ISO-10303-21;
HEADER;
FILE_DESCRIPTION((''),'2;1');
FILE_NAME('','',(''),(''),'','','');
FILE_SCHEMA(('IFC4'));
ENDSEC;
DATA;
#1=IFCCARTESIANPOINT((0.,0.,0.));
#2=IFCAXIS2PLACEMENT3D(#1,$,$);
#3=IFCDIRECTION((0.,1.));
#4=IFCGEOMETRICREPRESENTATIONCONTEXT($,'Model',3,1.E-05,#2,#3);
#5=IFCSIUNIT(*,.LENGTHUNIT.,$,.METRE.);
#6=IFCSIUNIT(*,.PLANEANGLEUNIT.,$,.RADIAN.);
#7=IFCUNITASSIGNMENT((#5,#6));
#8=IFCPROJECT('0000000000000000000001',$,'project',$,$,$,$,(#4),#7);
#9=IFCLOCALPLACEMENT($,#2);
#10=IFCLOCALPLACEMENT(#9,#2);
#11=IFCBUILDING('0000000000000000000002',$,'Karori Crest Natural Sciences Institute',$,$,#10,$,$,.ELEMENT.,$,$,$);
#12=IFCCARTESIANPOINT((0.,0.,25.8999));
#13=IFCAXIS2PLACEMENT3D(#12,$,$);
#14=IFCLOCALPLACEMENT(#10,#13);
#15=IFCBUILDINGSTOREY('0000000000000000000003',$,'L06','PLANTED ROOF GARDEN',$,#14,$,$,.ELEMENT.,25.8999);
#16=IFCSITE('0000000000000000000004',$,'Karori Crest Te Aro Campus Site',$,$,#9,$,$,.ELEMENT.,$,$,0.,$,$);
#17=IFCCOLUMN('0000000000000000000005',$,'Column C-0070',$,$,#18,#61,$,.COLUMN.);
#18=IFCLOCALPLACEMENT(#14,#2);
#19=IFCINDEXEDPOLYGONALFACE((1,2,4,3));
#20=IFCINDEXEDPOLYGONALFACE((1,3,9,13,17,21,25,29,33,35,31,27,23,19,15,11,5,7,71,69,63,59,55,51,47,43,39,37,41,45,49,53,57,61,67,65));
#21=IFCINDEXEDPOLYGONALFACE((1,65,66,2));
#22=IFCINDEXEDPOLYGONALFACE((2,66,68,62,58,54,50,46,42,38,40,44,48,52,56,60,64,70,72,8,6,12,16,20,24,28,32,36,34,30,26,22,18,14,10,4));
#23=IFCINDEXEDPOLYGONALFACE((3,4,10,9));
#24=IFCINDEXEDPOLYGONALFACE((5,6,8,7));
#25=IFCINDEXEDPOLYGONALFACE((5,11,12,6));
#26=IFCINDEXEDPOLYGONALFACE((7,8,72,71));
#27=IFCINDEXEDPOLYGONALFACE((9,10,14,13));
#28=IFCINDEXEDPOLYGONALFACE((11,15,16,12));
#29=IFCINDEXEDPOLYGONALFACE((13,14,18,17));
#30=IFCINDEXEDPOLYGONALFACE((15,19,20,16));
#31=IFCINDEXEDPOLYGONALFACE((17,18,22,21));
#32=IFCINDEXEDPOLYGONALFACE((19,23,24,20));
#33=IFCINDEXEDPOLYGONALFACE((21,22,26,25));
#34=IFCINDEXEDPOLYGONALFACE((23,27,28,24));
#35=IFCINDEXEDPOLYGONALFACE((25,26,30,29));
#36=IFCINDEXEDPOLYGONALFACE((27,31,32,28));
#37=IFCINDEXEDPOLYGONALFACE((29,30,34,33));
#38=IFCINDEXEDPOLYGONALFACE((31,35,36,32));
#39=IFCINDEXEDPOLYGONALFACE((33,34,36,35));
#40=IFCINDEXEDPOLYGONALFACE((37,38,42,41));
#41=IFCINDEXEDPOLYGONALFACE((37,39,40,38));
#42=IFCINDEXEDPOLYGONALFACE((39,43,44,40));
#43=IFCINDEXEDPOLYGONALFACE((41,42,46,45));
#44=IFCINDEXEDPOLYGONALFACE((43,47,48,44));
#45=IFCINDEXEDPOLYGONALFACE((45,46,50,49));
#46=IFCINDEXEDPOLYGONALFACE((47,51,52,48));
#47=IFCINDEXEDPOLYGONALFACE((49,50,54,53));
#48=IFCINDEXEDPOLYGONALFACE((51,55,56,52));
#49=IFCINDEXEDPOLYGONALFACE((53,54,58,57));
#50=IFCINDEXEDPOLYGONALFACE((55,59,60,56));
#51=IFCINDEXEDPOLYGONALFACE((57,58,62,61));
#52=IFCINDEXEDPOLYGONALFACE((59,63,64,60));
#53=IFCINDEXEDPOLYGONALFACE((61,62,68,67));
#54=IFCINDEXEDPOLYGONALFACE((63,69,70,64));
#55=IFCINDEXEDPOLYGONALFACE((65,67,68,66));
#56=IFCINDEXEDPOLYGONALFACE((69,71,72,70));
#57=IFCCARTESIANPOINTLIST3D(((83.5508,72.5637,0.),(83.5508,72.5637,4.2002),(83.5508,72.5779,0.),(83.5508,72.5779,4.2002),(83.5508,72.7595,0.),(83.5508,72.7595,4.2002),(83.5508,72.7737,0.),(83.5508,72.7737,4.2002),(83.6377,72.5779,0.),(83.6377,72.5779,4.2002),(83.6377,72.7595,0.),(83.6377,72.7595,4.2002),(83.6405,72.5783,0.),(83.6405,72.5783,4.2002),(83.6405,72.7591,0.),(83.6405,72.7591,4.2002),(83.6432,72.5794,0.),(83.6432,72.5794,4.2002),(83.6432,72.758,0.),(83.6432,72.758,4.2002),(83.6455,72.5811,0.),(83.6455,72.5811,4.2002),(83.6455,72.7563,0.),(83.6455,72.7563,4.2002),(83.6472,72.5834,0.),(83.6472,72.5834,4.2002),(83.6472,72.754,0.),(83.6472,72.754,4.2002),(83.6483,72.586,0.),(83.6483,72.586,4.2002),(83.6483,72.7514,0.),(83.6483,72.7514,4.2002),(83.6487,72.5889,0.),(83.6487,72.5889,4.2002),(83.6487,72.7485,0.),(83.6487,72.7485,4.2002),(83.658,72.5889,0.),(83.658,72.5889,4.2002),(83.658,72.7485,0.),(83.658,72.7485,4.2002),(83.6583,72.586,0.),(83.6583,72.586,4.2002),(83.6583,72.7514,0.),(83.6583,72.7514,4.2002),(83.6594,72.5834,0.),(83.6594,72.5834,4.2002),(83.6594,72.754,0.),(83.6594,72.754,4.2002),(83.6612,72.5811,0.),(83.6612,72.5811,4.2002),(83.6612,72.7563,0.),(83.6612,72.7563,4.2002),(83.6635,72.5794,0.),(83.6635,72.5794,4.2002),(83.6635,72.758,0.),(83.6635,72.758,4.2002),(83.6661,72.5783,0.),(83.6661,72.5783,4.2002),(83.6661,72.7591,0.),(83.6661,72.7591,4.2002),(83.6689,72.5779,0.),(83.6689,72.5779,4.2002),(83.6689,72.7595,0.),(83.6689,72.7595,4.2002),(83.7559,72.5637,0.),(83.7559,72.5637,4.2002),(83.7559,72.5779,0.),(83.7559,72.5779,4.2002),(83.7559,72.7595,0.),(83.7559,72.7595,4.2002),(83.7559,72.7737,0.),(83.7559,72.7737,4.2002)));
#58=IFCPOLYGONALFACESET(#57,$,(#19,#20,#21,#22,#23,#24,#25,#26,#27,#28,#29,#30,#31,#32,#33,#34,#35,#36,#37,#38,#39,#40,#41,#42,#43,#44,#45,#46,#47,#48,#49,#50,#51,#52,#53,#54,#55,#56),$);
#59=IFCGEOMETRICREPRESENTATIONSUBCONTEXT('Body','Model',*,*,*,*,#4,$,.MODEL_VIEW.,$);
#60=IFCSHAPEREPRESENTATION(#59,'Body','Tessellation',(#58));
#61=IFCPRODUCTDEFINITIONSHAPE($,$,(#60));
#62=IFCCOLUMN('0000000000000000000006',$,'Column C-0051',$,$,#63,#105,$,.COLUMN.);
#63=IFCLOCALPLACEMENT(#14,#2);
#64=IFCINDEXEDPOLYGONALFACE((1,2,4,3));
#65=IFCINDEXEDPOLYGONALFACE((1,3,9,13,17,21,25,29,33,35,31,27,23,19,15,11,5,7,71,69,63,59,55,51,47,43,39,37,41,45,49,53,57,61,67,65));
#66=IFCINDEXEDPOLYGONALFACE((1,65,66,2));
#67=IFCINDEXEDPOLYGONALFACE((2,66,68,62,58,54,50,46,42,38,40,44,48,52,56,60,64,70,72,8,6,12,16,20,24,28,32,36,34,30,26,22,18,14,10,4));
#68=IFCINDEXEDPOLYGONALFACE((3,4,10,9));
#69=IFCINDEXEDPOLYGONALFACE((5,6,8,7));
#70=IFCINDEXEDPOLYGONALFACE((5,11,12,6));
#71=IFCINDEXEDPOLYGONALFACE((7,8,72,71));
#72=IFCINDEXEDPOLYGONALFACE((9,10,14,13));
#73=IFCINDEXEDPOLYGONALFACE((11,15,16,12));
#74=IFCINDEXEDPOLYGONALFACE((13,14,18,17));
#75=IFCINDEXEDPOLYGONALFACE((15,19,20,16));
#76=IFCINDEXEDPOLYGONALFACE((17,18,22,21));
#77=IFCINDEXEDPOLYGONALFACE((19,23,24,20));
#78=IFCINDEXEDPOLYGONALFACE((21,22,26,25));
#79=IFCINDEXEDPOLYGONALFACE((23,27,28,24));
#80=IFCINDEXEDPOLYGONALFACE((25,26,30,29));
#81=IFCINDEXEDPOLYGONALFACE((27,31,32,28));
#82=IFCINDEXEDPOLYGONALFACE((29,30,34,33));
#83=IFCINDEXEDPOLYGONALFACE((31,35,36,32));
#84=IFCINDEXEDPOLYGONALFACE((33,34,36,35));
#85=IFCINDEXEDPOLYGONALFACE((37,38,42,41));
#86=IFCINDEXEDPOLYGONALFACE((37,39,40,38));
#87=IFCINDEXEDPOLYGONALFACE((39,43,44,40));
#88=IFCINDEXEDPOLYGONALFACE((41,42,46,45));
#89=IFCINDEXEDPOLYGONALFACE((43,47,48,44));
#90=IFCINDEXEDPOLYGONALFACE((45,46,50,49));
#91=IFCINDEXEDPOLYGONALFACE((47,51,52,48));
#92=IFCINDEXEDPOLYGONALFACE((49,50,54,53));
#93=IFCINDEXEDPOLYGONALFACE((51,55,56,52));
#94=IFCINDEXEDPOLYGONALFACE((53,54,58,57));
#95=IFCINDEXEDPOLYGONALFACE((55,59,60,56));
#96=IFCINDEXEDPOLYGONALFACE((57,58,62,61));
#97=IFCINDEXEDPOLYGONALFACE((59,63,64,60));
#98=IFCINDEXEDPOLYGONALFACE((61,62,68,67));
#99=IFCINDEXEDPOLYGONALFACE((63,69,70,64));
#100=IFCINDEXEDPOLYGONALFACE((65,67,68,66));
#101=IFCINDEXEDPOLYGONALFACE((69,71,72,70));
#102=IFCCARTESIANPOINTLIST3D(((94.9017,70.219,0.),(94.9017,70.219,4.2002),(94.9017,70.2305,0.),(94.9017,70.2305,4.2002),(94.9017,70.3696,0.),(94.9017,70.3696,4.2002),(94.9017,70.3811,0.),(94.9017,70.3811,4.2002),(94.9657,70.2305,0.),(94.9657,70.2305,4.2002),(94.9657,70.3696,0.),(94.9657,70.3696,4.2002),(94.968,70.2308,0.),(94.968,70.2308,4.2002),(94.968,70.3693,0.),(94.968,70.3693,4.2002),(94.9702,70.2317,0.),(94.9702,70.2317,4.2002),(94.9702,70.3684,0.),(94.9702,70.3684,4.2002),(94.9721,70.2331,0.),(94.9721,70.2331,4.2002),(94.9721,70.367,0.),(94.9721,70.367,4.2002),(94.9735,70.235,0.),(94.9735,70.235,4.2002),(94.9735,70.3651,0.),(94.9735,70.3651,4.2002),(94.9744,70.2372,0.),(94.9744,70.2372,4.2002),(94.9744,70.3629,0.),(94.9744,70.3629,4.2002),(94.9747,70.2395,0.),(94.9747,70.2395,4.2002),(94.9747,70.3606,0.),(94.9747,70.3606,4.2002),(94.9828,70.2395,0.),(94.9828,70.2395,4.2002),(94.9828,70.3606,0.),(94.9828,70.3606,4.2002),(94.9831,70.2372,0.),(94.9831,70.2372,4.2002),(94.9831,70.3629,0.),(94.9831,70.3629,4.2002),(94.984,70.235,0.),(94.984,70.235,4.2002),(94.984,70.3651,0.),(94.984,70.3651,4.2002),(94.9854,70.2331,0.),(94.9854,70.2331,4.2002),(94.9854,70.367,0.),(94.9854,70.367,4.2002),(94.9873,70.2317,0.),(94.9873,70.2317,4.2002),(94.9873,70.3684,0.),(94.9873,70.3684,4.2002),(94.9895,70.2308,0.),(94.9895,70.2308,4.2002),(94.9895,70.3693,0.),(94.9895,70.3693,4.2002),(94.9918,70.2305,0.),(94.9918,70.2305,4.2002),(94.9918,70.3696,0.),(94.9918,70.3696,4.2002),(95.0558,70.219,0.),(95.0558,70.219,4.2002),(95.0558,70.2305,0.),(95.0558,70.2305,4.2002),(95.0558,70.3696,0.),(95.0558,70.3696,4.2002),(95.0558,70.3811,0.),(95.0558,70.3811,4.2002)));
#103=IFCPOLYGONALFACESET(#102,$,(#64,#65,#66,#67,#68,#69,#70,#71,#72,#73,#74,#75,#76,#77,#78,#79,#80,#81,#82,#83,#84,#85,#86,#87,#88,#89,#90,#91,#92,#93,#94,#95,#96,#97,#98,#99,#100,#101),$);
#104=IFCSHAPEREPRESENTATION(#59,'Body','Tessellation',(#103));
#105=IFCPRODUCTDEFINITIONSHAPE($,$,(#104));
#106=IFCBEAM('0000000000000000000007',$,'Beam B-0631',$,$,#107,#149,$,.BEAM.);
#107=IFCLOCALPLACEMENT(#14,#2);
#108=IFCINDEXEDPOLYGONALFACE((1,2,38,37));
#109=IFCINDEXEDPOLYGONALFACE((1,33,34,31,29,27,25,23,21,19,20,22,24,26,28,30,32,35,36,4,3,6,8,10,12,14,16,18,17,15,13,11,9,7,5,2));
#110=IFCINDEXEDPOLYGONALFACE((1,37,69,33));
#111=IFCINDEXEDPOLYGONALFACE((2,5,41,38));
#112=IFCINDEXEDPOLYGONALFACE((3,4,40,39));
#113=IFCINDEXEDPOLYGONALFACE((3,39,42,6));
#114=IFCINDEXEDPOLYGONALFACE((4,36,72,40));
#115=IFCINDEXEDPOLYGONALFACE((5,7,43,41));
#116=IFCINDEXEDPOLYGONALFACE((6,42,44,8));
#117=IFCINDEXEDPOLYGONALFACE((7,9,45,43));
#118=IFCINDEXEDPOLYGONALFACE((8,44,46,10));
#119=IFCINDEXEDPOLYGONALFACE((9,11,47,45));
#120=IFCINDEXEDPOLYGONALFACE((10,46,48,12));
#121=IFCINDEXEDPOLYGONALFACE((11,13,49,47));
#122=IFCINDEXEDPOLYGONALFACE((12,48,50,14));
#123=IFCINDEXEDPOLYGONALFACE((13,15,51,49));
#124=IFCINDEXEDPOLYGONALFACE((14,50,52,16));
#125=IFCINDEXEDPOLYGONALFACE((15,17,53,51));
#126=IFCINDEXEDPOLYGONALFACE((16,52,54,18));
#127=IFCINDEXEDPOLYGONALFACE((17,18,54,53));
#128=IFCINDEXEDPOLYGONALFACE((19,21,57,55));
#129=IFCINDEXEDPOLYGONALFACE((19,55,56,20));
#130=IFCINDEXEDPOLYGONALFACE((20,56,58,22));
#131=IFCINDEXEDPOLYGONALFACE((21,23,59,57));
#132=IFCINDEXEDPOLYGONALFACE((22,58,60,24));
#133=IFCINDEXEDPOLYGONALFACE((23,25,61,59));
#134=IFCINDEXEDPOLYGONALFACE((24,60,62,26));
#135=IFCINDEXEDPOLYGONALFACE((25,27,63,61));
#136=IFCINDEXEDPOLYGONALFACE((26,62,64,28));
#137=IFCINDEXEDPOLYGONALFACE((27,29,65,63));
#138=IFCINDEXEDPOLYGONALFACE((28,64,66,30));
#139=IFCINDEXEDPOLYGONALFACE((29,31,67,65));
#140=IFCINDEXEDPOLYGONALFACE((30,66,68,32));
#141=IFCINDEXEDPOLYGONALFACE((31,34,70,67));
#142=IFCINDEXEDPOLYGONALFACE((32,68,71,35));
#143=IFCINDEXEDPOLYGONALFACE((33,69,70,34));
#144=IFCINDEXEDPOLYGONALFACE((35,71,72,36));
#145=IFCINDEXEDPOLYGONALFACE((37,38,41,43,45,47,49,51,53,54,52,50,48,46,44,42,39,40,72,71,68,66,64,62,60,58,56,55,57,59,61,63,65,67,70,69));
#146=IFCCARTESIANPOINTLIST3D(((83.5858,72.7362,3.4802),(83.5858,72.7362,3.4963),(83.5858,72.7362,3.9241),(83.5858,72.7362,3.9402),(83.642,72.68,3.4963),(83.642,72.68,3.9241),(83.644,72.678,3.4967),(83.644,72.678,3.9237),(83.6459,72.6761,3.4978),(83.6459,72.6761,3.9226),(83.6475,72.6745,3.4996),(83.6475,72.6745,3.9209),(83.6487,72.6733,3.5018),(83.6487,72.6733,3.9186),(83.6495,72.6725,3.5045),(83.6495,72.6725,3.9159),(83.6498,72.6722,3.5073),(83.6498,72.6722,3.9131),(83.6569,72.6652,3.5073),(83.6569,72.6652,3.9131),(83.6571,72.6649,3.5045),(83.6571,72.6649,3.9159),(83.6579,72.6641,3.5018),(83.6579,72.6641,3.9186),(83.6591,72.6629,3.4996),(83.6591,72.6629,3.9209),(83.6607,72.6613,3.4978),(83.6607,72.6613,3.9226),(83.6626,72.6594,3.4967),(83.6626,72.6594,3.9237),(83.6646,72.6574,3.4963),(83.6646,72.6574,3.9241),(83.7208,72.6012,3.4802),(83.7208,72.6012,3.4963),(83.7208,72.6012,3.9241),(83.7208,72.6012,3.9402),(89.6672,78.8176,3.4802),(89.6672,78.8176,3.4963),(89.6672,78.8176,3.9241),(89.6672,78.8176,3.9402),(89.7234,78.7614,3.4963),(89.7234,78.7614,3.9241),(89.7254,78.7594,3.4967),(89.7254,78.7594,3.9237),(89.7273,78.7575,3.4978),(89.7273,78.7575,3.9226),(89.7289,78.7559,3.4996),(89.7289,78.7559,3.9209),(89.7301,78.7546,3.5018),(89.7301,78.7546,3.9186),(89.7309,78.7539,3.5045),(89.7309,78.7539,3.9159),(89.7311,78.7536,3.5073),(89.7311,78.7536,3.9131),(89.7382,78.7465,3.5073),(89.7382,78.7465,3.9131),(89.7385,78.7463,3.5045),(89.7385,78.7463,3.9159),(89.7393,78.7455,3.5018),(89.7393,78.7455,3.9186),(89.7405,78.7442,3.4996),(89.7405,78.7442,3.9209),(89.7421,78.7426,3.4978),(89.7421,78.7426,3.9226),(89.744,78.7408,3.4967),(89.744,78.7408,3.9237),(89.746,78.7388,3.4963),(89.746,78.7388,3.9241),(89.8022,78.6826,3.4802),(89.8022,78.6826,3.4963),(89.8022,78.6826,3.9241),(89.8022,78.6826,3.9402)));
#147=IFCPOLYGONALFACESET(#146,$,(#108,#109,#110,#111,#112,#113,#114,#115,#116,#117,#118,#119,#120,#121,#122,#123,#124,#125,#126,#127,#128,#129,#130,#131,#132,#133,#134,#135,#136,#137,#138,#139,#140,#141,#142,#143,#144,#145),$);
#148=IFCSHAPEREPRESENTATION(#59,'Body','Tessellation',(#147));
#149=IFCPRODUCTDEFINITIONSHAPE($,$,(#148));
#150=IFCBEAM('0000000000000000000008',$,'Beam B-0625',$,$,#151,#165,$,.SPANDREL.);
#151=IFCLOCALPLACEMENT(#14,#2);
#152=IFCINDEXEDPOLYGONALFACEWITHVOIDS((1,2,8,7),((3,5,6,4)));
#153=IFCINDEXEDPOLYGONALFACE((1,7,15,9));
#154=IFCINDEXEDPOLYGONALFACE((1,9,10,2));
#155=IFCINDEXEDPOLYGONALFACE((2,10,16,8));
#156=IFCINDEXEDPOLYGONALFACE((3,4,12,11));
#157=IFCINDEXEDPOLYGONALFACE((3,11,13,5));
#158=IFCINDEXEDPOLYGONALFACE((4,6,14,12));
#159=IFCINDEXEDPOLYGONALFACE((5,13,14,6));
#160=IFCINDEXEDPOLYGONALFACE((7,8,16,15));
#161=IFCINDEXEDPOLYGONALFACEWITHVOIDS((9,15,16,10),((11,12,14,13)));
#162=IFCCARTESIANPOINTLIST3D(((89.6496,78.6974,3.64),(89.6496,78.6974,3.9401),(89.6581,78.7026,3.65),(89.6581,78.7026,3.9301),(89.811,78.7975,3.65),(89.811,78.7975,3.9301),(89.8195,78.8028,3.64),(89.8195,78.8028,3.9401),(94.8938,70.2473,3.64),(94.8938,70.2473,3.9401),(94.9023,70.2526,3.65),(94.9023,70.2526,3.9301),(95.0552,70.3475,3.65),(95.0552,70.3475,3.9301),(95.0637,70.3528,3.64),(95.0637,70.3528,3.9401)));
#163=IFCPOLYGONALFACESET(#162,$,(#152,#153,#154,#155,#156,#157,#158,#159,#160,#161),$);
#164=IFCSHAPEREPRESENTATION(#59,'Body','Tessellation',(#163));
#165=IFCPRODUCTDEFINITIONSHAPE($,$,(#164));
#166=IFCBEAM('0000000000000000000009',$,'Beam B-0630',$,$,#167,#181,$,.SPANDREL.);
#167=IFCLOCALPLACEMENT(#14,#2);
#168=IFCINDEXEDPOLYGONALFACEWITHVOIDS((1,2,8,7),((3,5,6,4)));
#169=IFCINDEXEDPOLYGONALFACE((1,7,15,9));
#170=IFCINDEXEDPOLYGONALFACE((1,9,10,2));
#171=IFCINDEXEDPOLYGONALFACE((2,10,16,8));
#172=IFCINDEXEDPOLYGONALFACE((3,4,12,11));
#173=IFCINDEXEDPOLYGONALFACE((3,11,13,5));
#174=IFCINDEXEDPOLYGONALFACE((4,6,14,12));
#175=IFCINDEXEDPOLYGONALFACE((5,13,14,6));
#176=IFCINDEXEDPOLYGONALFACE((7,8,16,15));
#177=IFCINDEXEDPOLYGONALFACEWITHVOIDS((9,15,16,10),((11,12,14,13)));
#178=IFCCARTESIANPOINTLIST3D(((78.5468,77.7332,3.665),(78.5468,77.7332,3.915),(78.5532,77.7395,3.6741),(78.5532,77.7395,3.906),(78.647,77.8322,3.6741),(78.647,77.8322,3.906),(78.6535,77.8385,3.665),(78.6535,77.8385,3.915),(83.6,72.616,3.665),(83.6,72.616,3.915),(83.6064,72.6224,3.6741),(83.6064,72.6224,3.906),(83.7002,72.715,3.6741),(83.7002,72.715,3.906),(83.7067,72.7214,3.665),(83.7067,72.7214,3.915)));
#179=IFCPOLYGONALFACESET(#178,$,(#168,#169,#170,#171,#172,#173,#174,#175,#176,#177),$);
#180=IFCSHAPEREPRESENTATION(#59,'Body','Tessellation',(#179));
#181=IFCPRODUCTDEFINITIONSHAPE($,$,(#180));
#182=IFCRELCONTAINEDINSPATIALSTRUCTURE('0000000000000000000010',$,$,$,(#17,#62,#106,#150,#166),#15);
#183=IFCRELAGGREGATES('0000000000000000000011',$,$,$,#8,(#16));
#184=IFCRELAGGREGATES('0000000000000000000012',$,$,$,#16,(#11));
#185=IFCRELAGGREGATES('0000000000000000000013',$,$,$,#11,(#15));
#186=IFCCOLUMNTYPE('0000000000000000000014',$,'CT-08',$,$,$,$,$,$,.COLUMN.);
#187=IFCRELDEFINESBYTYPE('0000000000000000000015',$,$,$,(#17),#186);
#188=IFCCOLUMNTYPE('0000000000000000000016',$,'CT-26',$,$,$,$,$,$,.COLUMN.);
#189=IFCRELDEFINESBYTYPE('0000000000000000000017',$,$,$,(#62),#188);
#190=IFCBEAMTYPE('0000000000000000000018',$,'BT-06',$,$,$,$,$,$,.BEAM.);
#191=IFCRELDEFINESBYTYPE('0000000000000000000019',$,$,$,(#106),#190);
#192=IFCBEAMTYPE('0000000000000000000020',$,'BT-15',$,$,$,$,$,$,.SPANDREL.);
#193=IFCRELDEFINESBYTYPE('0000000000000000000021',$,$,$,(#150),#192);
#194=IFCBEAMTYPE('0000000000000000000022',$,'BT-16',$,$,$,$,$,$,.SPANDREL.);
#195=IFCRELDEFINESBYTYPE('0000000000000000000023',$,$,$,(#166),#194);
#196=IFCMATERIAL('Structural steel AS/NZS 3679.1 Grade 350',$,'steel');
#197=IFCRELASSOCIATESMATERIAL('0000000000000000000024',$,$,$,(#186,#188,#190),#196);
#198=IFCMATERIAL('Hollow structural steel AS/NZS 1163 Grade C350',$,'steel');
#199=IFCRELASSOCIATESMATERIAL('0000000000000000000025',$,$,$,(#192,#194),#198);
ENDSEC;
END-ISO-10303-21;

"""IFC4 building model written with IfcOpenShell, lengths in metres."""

from ifc_helpers import new_model, si_unit, direction, frame, origin, origin_2d, place, context, subcontext, project, spatial, hollow_rectangle, i_section, extrude, material, material_profile, profile_set, type_object, element, save


model = new_model("IFC4")

# Units and contexts
model_context = context("Model", 3, precision=1e-05, world=origin(), true_north=direction((0.0, 1.0)))
body_context = subcontext(model_context, "Body", "Model", "MODEL_VIEW")
ifc_project = project(units=[si_unit("LENGTHUNIT", "METRE"), si_unit("PLANEANGLEUNIT", "RADIAN")], contexts=[model_context])

# Site, building, storey
site_placement = place(None, origin())
site = spatial("IfcSite", under=ifc_project, at=site_placement, Name="Karori Crest Te Aro Campus Site", CompositionType="ELEMENT", RefElevation=0.0)
building_placement = place(site_placement, origin())
building = spatial("IfcBuilding", under=site, at=building_placement, Name="Karori Crest Natural Sciences Institute", CompositionType="ELEMENT")
storey_placement = place(building_placement, frame((0.0, 0.0, 25.8999)))
storey = spatial("IfcBuildingStorey", under=building, at=storey_placement, Name="L06", Description="PLANTED ROOF GARDEN", CompositionType="ELEMENT", Elevation=25.8999)

# Columns
ifc_material_1 = material(Name="Structural steel AS/NZS 3679.1 Grade 350", Category="steel")
ifc_material_profile_1 = material_profile(ifc_material_1, i_section(OverallWidth=0.2051, OverallDepth=0.21, WebThickness=0.0093, FlangeThickness=0.0142, FilletRadius=0.011, at=origin_2d()), Name="200UC59.5")
ifc_profile_set_1 = profile_set([ifc_material_profile_1], Name="Structural steel AS/NZS 3679.1 Grade 350")
column_type_1 = type_object("IfcColumnType", Name="CT-08", PredefinedType="COLUMN", material=ifc_profile_set_1)
column_1_placement = place(storey_placement, frame((83.6533, 72.6687, 0.0), z_axis=(0.0, 0.0, 1.0), x_axis=(1.0, 0.0, 0.0)))
element("IfcColumn", 1, at=column_1_placement, inside=storey, type_object=column_type_1, Name="Column C-0070", PredefinedType="COLUMN", context=body_context, shape_type="SweptSolid", body=[
    extrude(i_section(OverallWidth=0.2051, OverallDepth=0.21, WebThickness=0.0093, FlangeThickness=0.0142, FilletRadius=0.011, at=origin_2d()), origin(), (0.0, 0.0, 1.0), 4.2002),
])
ifc_material_profile_2 = material_profile(ifc_material_1, i_section(OverallWidth=0.1541, OverallDepth=0.1621, WebThickness=0.0081, FlangeThickness=0.0115, FilletRadius=0.009, at=origin_2d()), Name="150UC37.2")
ifc_profile_set_2 = profile_set([ifc_material_profile_2], Name="Structural steel AS/NZS 3679.1 Grade 350")
column_type_2 = type_object("IfcColumnType", Name="CT-26", PredefinedType="COLUMN", material=ifc_profile_set_2)
column_2_placement = place(storey_placement, frame((94.9788, 70.3, 0.0), z_axis=(0.0, 0.0, 1.0), x_axis=(1.0, 0.0, 0.0)))
element("IfcColumn", 2, at=column_2_placement, inside=storey, type_object=column_type_2, Name="Column C-0051", PredefinedType="COLUMN", context=body_context, shape_type="SweptSolid", body=[
    extrude(i_section(OverallWidth=0.1541, OverallDepth=0.1621, WebThickness=0.0081, FlangeThickness=0.0115, FilletRadius=0.009, at=origin_2d()), origin(), (0.0, 0.0, 1.0), 4.2002),
])

# Beams
ifc_material_profile_3 = material_profile(ifc_material_1, i_section(OverallWidth=0.1909, OverallDepth=0.46, WebThickness=0.01, FlangeThickness=0.0161, FilletRadius=0.011, at=origin_2d()), Name="460UB82.1")
ifc_profile_set_3 = profile_set([ifc_material_profile_3], Name="Structural steel AS/NZS 3679.1 Grade 350")
beam_type_1 = type_object("IfcBeamType", Name="BT-06", PredefinedType="BEAM", material=ifc_profile_set_3)
beam_1_placement = place(storey_placement, frame((83.6533, 72.6687, 3.7102), z_axis=(0.707107, 0.707107, 0.0), x_axis=(-0.707107, 0.707107, 0.0)))
element("IfcBeam", 3, at=beam_1_placement, inside=storey, type_object=beam_type_1, Name="Beam B-0631", PredefinedType="BEAM", context=body_context, shape_type="SweptSolid", body=[
    extrude(i_section(OverallWidth=0.1909, OverallDepth=0.46, WebThickness=0.01, FlangeThickness=0.0161, FilletRadius=0.011, at=origin_2d()), origin(), (0.0, 0.0, 1.0), 8.6003),
])
ifc_material_2 = material(Name="Hollow structural steel AS/NZS 1163 Grade C350", Category="steel")
ifc_material_profile_4 = material_profile(ifc_material_2, hollow_rectangle(XDim=0.2, YDim=0.3, WallThickness=0.01, at=origin_2d()), Name="RHS300x200x10")
ifc_profile_set_4 = profile_set([ifc_material_profile_4], Name="Hollow structural steel AS/NZS 1163 Grade C350")
beam_type_2 = type_object("IfcBeamType", Name="BT-15", PredefinedType="SPANDREL", material=ifc_profile_set_4)
beam_2_placement = place(storey_placement, frame((94.9788, 70.3, 3.79), z_axis=(-0.527315, 0.84967, 0.0), x_axis=(-0.84967, -0.527315, 0.0)))
element("IfcBeam", 4, at=beam_2_placement, inside=storey, type_object=beam_type_2, Name="Beam B-0625", PredefinedType="SPANDREL", context=body_context, shape_type="SweptSolid", body=[
    extrude(hollow_rectangle(XDim=0.2, YDim=0.3, WallThickness=0.01, at=origin_2d()), origin(), (0.0, 0.0, 1.0), 9.9451),
])
ifc_material_profile_5 = material_profile(ifc_material_2, hollow_rectangle(XDim=0.1499, YDim=0.25, WallThickness=0.009, at=origin_2d()), Name="RHS250x150x9")
ifc_profile_set_5 = profile_set([ifc_material_profile_5], Name="Hollow structural steel AS/NZS 1163 Grade C350")
beam_type_3 = type_object("IfcBeamType", Name="BT-16", PredefinedType="SPANDREL", material=ifc_profile_set_5)
beam_3_placement = place(storey_placement, frame((83.6533, 72.6687, 3.79), z_axis=(-0.702646, 0.71154, 0.0), x_axis=(-0.71154, -0.702646, 0.0)))
element("IfcBeam", 5, at=beam_3_placement, inside=storey, type_object=beam_type_3, Name="Beam B-0630", PredefinedType="SPANDREL", context=body_context, shape_type="SweptSolid", body=[
    extrude(hollow_rectangle(XDim=0.1499, YDim=0.25, WallThickness=0.009, at=origin_2d()), origin(), (0.0, 0.0, 1.0), 7.1917),
])

save(model, "model.ifc")
